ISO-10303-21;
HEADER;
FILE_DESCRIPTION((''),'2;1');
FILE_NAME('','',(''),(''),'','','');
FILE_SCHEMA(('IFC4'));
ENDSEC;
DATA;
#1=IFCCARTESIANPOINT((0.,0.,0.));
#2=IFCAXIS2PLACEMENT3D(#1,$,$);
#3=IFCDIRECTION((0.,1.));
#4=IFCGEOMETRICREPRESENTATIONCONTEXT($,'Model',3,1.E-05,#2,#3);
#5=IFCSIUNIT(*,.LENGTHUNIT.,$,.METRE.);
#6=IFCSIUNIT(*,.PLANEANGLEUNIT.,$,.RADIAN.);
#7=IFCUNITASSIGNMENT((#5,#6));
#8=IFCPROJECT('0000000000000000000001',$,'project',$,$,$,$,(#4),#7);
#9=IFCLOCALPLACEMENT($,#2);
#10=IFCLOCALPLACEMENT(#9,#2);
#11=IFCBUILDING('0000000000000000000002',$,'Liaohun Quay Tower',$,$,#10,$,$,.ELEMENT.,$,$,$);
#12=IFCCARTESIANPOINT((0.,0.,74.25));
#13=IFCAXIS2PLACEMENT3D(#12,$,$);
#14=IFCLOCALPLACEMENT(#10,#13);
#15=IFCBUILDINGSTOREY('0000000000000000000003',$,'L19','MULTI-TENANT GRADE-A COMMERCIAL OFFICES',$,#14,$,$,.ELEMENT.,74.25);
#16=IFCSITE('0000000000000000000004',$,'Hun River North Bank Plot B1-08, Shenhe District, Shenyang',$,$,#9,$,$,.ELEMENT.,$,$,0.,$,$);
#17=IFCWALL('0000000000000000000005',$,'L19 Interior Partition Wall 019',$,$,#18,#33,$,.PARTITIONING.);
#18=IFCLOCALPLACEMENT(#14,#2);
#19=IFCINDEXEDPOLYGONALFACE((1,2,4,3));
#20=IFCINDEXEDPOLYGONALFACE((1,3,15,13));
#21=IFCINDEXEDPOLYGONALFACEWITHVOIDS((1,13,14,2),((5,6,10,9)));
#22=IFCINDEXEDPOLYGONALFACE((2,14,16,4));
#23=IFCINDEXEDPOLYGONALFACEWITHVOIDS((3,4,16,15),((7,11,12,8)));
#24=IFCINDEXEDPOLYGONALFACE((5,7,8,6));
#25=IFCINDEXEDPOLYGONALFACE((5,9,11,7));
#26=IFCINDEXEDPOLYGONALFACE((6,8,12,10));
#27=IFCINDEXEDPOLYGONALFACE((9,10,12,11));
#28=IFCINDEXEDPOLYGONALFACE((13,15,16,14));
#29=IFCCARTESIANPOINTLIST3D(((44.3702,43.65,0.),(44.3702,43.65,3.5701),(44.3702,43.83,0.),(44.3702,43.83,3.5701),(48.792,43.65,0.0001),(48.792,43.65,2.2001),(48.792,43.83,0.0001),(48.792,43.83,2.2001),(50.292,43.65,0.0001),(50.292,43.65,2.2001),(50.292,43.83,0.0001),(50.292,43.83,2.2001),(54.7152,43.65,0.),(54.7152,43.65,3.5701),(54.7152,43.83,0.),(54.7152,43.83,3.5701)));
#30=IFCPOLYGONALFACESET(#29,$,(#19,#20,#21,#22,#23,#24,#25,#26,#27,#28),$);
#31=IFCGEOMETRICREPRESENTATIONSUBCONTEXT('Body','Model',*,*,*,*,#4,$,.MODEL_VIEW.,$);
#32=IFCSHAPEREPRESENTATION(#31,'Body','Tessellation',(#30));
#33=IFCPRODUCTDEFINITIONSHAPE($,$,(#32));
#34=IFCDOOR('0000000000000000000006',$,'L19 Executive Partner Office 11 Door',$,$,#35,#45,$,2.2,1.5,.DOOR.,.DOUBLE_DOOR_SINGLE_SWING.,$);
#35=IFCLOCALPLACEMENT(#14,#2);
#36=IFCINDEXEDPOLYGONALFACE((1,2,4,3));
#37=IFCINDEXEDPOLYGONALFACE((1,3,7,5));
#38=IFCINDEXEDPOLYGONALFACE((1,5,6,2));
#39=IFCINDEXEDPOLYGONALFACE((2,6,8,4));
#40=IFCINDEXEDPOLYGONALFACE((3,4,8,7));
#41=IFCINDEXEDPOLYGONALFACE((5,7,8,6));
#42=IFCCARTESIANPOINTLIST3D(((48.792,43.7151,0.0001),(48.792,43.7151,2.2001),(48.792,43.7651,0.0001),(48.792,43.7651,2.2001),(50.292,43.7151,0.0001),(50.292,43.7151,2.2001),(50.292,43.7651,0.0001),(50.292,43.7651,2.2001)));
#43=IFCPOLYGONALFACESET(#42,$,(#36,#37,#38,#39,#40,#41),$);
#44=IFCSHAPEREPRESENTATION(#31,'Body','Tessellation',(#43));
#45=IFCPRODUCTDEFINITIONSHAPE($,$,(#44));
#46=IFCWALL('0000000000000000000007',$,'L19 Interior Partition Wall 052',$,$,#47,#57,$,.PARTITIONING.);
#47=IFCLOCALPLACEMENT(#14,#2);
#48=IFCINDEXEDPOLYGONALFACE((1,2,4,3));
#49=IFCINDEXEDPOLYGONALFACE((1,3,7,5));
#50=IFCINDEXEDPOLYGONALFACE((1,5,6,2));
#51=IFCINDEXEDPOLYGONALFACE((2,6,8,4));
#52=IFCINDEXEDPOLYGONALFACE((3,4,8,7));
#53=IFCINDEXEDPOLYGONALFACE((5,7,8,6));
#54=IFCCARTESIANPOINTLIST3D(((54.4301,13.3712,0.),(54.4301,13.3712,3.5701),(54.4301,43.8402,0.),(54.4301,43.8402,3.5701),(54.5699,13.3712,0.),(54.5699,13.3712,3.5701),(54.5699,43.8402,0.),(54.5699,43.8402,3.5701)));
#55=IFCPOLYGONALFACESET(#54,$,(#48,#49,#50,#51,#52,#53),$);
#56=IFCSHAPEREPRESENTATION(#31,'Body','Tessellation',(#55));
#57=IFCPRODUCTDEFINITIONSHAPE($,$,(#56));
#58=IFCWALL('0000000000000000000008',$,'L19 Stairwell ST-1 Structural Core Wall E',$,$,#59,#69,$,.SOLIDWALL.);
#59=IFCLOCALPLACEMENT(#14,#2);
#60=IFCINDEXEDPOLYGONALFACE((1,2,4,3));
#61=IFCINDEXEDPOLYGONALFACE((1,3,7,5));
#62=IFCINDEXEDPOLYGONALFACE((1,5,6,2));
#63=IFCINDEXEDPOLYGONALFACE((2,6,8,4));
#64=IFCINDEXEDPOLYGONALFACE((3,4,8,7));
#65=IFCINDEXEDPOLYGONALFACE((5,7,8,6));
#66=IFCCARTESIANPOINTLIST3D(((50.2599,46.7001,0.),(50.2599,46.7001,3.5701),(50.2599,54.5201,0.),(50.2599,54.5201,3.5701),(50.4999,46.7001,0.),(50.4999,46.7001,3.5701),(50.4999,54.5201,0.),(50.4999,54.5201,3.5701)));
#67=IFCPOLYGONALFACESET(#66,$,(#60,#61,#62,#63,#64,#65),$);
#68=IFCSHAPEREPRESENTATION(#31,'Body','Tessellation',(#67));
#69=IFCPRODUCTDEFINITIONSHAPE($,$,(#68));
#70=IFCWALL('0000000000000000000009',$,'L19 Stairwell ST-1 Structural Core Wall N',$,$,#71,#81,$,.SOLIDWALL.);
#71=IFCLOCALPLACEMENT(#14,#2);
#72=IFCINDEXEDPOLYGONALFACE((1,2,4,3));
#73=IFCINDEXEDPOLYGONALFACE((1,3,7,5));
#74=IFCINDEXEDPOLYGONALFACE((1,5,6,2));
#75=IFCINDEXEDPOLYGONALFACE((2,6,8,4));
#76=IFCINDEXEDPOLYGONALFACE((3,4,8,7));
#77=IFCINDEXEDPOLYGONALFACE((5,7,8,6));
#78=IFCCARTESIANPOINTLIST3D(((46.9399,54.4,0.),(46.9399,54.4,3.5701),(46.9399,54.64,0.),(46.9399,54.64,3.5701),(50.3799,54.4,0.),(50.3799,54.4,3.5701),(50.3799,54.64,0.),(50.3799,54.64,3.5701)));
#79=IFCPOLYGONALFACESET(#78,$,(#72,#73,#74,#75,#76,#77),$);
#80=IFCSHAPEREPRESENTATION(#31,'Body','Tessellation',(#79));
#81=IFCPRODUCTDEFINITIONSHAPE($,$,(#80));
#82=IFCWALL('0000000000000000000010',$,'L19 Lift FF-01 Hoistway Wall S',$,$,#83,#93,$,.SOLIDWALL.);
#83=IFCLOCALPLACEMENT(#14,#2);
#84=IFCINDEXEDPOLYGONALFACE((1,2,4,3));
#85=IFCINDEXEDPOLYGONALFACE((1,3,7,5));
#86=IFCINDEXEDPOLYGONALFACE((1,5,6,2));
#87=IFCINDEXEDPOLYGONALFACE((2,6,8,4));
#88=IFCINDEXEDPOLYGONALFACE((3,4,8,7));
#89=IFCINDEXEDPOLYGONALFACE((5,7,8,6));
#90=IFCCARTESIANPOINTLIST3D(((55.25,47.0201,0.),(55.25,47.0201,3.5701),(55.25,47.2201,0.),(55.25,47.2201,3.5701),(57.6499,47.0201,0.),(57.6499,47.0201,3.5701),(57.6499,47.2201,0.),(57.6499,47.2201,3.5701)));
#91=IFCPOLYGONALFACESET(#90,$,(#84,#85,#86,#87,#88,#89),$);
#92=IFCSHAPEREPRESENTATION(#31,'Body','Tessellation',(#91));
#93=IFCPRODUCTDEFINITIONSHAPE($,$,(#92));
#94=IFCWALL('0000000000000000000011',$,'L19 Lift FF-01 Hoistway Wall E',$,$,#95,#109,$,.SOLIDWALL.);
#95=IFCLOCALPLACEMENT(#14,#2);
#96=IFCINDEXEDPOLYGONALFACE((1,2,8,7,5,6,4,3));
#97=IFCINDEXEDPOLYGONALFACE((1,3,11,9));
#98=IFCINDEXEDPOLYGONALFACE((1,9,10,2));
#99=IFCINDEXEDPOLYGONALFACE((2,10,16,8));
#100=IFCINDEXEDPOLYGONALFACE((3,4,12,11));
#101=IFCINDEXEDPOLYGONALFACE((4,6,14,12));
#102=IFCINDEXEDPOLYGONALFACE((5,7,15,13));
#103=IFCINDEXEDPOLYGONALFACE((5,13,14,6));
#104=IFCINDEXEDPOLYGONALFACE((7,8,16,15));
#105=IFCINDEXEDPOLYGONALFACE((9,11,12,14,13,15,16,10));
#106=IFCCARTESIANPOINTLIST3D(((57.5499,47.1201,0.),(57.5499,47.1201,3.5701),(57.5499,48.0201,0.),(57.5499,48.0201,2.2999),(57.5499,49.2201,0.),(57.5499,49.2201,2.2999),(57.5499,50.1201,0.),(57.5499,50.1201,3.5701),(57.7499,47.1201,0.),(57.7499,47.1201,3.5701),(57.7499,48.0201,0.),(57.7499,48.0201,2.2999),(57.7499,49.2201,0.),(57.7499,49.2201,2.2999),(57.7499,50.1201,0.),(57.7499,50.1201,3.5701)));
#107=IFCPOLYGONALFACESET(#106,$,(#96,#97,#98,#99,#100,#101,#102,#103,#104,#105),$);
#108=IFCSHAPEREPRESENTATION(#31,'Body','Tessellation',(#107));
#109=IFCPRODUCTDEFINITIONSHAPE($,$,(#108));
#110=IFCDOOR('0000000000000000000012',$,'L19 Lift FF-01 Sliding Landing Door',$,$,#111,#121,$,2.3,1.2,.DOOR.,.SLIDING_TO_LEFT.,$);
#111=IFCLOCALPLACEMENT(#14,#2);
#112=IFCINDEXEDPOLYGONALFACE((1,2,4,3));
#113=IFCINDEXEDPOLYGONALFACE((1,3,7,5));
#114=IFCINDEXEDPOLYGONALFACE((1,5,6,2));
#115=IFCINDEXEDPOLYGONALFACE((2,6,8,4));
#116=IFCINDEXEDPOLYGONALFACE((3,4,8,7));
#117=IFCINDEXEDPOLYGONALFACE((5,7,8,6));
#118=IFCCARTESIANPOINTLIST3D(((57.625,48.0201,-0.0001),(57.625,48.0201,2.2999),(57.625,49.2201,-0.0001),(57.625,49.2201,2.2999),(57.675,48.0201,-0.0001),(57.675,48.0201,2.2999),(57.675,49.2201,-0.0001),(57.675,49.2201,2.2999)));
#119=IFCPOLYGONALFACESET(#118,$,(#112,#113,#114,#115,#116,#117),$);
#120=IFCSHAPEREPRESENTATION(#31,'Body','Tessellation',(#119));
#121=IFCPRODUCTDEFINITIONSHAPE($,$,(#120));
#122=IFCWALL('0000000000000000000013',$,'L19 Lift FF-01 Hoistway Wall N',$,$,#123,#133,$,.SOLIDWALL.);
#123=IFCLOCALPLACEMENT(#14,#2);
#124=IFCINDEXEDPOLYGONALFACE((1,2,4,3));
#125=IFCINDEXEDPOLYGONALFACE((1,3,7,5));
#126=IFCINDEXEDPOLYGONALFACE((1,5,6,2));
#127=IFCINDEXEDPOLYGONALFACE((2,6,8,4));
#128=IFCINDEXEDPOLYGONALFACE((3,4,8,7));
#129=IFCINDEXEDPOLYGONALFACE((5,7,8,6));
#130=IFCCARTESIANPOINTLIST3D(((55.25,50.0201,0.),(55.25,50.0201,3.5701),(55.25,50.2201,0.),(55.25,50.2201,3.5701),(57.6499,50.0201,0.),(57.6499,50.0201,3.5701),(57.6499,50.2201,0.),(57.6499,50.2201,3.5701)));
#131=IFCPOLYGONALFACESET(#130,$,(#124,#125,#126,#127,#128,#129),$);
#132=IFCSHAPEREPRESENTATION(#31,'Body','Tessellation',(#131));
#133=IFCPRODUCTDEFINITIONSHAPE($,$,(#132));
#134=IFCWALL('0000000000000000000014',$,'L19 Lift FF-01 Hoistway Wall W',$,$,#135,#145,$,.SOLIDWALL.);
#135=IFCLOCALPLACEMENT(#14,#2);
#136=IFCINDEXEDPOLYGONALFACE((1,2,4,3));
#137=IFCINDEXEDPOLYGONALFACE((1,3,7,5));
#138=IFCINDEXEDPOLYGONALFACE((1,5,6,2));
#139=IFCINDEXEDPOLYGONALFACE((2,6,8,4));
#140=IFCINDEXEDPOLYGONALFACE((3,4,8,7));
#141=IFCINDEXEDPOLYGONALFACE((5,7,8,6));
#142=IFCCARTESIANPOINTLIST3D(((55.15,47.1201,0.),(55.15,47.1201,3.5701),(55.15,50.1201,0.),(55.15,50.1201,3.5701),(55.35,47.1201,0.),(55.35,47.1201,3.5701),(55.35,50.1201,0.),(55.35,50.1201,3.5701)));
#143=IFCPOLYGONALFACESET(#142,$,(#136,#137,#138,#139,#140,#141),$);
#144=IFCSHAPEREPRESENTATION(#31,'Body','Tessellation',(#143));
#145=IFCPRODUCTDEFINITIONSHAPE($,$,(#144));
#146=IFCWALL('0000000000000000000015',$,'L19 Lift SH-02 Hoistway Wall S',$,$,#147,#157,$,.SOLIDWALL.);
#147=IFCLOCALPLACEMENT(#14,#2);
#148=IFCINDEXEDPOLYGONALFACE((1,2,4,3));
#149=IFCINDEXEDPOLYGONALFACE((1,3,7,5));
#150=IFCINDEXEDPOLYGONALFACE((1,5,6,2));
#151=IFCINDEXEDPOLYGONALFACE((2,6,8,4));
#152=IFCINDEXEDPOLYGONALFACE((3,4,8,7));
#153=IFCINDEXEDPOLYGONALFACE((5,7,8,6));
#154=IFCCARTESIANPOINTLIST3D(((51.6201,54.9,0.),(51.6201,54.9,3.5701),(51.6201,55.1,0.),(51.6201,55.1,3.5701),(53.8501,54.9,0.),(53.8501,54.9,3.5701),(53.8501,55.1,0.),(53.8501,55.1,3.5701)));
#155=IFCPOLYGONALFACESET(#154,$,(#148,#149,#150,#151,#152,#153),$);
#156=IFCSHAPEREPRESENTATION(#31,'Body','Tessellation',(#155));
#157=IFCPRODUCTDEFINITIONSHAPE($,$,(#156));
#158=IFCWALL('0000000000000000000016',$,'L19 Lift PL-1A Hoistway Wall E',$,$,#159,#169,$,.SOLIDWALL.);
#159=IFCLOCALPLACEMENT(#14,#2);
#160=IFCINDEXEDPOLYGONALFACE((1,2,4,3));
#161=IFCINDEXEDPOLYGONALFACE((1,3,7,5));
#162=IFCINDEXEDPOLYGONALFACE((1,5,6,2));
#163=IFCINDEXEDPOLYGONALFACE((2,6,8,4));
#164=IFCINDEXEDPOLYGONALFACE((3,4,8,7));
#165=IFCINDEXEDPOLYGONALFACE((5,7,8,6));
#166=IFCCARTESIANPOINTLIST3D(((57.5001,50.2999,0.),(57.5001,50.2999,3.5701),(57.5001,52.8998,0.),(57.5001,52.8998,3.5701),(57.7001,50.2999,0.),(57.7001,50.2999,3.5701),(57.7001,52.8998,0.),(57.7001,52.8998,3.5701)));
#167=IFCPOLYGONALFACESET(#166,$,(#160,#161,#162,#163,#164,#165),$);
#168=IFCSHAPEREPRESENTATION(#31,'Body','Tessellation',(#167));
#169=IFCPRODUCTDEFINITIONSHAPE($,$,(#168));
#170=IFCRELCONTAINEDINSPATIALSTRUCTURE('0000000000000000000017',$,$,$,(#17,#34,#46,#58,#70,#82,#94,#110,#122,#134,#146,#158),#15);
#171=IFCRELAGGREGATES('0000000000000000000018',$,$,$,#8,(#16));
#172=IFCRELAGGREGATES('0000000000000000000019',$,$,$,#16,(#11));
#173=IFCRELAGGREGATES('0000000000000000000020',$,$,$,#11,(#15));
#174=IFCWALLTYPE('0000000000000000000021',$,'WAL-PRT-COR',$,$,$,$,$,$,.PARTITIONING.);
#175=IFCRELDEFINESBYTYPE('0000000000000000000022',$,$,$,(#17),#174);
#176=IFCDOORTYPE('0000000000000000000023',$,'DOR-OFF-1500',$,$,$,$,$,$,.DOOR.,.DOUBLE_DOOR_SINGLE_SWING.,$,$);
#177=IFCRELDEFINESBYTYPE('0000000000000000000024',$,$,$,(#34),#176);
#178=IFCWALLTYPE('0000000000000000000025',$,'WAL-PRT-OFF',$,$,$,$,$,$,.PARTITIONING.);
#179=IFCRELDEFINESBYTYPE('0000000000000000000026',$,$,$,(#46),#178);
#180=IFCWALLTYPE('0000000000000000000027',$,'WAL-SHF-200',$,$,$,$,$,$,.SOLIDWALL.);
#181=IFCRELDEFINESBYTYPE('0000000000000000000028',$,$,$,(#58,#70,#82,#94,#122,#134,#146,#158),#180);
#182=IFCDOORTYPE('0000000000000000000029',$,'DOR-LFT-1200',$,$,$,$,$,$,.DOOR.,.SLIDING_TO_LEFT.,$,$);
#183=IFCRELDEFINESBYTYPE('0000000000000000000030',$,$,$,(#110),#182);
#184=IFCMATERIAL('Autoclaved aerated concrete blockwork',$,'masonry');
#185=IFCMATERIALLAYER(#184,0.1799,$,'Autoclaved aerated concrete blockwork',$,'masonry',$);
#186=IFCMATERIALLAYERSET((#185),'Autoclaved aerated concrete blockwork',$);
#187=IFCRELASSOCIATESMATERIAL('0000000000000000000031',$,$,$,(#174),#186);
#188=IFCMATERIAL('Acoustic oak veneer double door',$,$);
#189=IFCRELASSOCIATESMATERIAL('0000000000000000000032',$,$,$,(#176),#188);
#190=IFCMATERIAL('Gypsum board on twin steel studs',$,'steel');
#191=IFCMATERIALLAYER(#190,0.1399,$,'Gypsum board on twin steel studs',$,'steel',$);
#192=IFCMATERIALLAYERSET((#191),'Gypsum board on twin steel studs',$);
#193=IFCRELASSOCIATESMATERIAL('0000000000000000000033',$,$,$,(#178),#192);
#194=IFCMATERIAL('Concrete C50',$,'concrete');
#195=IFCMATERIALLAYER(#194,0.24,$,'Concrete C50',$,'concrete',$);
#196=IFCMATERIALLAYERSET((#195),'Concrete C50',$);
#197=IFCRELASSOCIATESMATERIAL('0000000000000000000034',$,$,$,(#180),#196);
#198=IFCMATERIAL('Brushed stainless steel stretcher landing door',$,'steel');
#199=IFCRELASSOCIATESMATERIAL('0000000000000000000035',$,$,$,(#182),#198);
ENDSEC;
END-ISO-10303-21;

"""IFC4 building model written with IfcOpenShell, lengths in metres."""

from ifc_helpers import new_model, si_unit, direction, frame, frame_2d, origin, place, context, subcontext, project, spatial, rectangle, extrude, source, transform, mapped, material, layer, layer_set, type_object, element, fill, save


model = new_model("IFC4")

# Units and contexts
model_context = context("Model", 3, precision=1e-05, world=origin(), true_north=direction((0.0, 1.0)))
body_context = subcontext(model_context, "Body", "Model", "MODEL_VIEW")
ifc_project = project(units=[si_unit("LENGTHUNIT", "METRE"), si_unit("PLANEANGLEUNIT", "RADIAN")], contexts=[model_context])

# Site, building, storey
site_placement = place(None, origin())
site = spatial("IfcSite", under=ifc_project, at=site_placement, Name="Hun River North Bank Plot B1-08, Shenhe District, Shenyang", CompositionType="ELEMENT", RefElevation=0.0)
building_placement = place(site_placement, origin())
building = spatial("IfcBuilding", under=site, at=building_placement, Name="Liaohun Quay Tower", CompositionType="ELEMENT")
storey_placement = place(building_placement, frame((0.0, 0.0, 74.25)))
storey = spatial("IfcBuildingStorey", under=building, at=storey_placement, Name="L19", Description="MULTI-TENANT GRADE-A COMMERCIAL OFFICES", CompositionType="ELEMENT", Elevation=74.25)

# Shared definitions
ifc_material_1 = material(Name="Concrete C50", Category="concrete")

# Wall, opening, door
ifc_material_2 = material(Name="Autoclaved aerated concrete blockwork", Category="masonry")
ifc_layer_1 = layer(ifc_material_2, 0.1799, Name="Autoclaved aerated concrete blockwork", Category="masonry")
ifc_layer_set_1 = layer_set([ifc_layer_1], Name="Autoclaved aerated concrete blockwork")
wall_type_1 = type_object("IfcWallType", Name="WAL-PRT-COR", PredefinedType="PARTITIONING", material=ifc_layer_set_1)
wall_1_placement = place(storey_placement, frame((54.7151, 43.74, 0.0), z_axis=(0.0, 0.0, 1.0), x_axis=(-1.0, 0.0, 0.0)))
wall_1 = element("IfcWall", 1, at=wall_1_placement, inside=storey, type_object=wall_type_1, Name="L19 Interior Partition Wall 019", PredefinedType="PARTITIONING", context=body_context, shape_type="SweptSolid", body=[
    extrude(rectangle(XDim=10.345, YDim=0.1799, at=frame_2d((5.1724, 0.0))), origin(), (0.0, 0.0, 1.0), 3.5701),
])
shared_shape_1 = source(origin(), body_context, "Body", "SweptSolid", [
    extrude(rectangle(XDim=1.5, YDim=2.2, at=frame_2d((0.75, 1.1001))), frame((0.0, 0.0999, 0.0), z_axis=(0.0, -1.0, 0.0), x_axis=(1.0, 0.0, 0.0)), (0.0, 0.0, 1.0), 0.2),
])
opening_1_placement = place(wall_1_placement, frame((4.4231, 0.0, 0.0)))
opening_1 = element("IfcOpeningElement", 2, at=opening_1_placement, cuts=wall_1, PredefinedType="OPENING", context=body_context, shape_type="MappedRepresentation", body=[
    mapped(shared_shape_1, transform((0.0, 0.0, 0.0), x_axis=(1.0, 0.0, 0.0), y_axis=(0.0, 1.0, 0.0), z_axis=(0.0, 0.0, 1.0), scale=1.0)),
])
ifc_material_3 = material(Name="Acoustic oak veneer double door")
door_type_1 = type_object("IfcDoorType", Name="DOR-OFF-1500", OperationType="DOUBLE_DOOR_SINGLE_SWING", PredefinedType="DOOR", material=ifc_material_3)
shared_shape_2 = source(origin(), body_context, "Body", "SweptSolid", [
    extrude(rectangle(XDim=1.5, YDim=2.2, at=frame_2d((0.75, 1.1001))), frame((0.0, 0.0249, 0.0), z_axis=(0.0, -1.0, 0.0), x_axis=(1.0, 0.0, 0.0)), (0.0, 0.0, 1.0), 0.05),
])
door_1_placement = place(opening_1_placement, origin())
door_1 = element("IfcDoor", 3, at=door_1_placement, inside=storey, type_object=door_type_1, Name="L19 Executive Partner Office 11 Door", OperationType="DOUBLE_DOOR_SINGLE_SWING", OverallHeight=2.2, OverallWidth=1.5, PredefinedType="DOOR", context=body_context, shape_type="MappedRepresentation", body=[
    mapped(shared_shape_2, transform((0.0, 0.0, 0.0), x_axis=(1.0, 0.0, 0.0), y_axis=(0.0, 1.0, 0.0), z_axis=(0.0, 0.0, 1.0), scale=1.0)),
])
fill(opening_1, door_1)

# Walls
ifc_material_4 = material(Name="Gypsum board on twin steel studs", Category="steel")
ifc_layer_2 = layer(ifc_material_4, 0.1399, Name="Gypsum board on twin steel studs", Category="steel")
ifc_layer_set_2 = layer_set([ifc_layer_2], Name="Gypsum board on twin steel studs")
wall_type_2 = type_object("IfcWallType", Name="WAL-PRT-OFF", PredefinedType="PARTITIONING", material=ifc_layer_set_2)
wall_2_placement = place(storey_placement, frame((54.5, 43.8401, 0.0), z_axis=(0.0, 0.0, 1.0), x_axis=(0.0, -1.0, 0.0)))
element("IfcWall", 4, at=wall_2_placement, inside=storey, type_object=wall_type_2, Name="L19 Interior Partition Wall 052", PredefinedType="PARTITIONING", context=body_context, shape_type="SweptSolid", body=[
    extrude(rectangle(XDim=30.469, YDim=0.1399, at=frame_2d((15.2344, 0.0))), origin(), (0.0, 0.0, 1.0), 3.5701),
])
ifc_layer_3 = layer(ifc_material_1, 0.24, Name="Concrete C50", Category="concrete")
ifc_layer_set_3 = layer_set([ifc_layer_3], Name="Concrete C50")
wall_type_3 = type_object("IfcWallType", Name="WAL-SHF-200", PredefinedType="SOLIDWALL", material=ifc_layer_set_3)
wall_3_placement = place(storey_placement, frame((50.3799, 46.7, 0.0), z_axis=(0.0, 0.0, 1.0), x_axis=(0.0, 1.0, 0.0)))
element("IfcWall", 5, at=wall_3_placement, inside=storey, type_object=wall_type_3, Name="L19 Stairwell ST-1 Structural Core Wall E", PredefinedType="SOLIDWALL", context=body_context, shape_type="SweptSolid", body=[
    extrude(rectangle(XDim=7.8201, YDim=0.24, at=frame_2d((3.9102, 0.0))), origin(), (0.0, 0.0, 1.0), 3.5701),
])
wall_4_placement = place(storey_placement, frame((50.3799, 54.52, 0.0), z_axis=(0.0, 0.0, 1.0), x_axis=(-1.0, 0.0, 0.0)))
element("IfcWall", 6, at=wall_4_placement, inside=storey, type_object=wall_type_3, Name="L19 Stairwell ST-1 Structural Core Wall N", PredefinedType="SOLIDWALL", context=body_context, shape_type="SweptSolid", body=[
    extrude(rectangle(XDim=3.4399, YDim=0.24, at=frame_2d((1.72, 0.0))), origin(), (0.0, 0.0, 1.0), 3.5701),
])
wall_5_placement = place(storey_placement, frame((55.25, 47.1201, 0.0), z_axis=(0.0, 0.0, 1.0), x_axis=(1.0, 0.0, 0.0)))
element("IfcWall", 7, at=wall_5_placement, inside=storey, type_object=wall_type_3, Name="L19 Lift FF-01 Hoistway Wall S", PredefinedType="SOLIDWALL", context=body_context, shape_type="SweptSolid", body=[
    extrude(rectangle(XDim=2.3999, YDim=0.2, at=frame_2d((1.2, 0.0))), origin(), (0.0, 0.0, 1.0), 3.5701),
])

# Wall, opening, door
wall_6_placement = place(storey_placement, frame((57.6499, 47.1201, 0.0), z_axis=(0.0, 0.0, 1.0), x_axis=(0.0, 1.0, 0.0)))
wall_6 = element("IfcWall", 8, at=wall_6_placement, inside=storey, type_object=wall_type_3, Name="L19 Lift FF-01 Hoistway Wall E", PredefinedType="SOLIDWALL", context=body_context, shape_type="SweptSolid", body=[
    extrude(rectangle(XDim=3.0, YDim=0.2, at=frame_2d((1.5, 0.0))), origin(), (0.0, 0.0, 1.0), 3.5701),
])
shared_shape_3 = source(origin(), body_context, "Body", "SweptSolid", [
    extrude(rectangle(XDim=1.2, YDim=2.3, at=frame_2d((0.6001, 1.1499))), frame((0.0, 0.1099, 0.0), z_axis=(0.0, -1.0, 0.0), x_axis=(1.0, 0.0, 0.0)), (0.0, 0.0, 1.0), 0.22),
])
opening_2_placement = place(wall_6_placement, frame((0.8999, 0.0, 0.0)))
opening_2 = element("IfcOpeningElement", 9, at=opening_2_placement, cuts=wall_6, PredefinedType="OPENING", context=body_context, shape_type="MappedRepresentation", body=[
    mapped(shared_shape_3, transform((0.0, 0.0, 0.0), x_axis=(1.0, 0.0, 0.0), y_axis=(0.0, 1.0, 0.0), z_axis=(0.0, 0.0, 1.0), scale=1.0)),
])
ifc_material_5 = material(Name="Brushed stainless steel stretcher landing door", Category="steel")
door_type_2 = type_object("IfcDoorType", Name="DOR-LFT-1200", OperationType="SLIDING_TO_LEFT", PredefinedType="DOOR", material=ifc_material_5)
shared_shape_4 = source(origin(), body_context, "Body", "SweptSolid", [
    extrude(rectangle(XDim=1.2, YDim=2.3, at=frame_2d((0.6001, 1.1499))), frame((0.0, 0.0249, 0.0), z_axis=(0.0, -1.0, 0.0), x_axis=(1.0, 0.0, 0.0)), (0.0, 0.0, 1.0), 0.05),
])
door_2_placement = place(opening_2_placement, origin())
door_2 = element("IfcDoor", 10, at=door_2_placement, inside=storey, type_object=door_type_2, Name="L19 Lift FF-01 Sliding Landing Door", OperationType="SLIDING_TO_LEFT", OverallHeight=2.3, OverallWidth=1.2, PredefinedType="DOOR", context=body_context, shape_type="MappedRepresentation", body=[
    mapped(shared_shape_4, transform((0.0, 0.0, 0.0), x_axis=(1.0, 0.0, 0.0), y_axis=(0.0, 1.0, 0.0), z_axis=(0.0, 0.0, 1.0), scale=1.0)),
])
fill(opening_2, door_2)

# Walls
wall_7_placement = place(storey_placement, frame((57.6499, 50.1201, 0.0), z_axis=(0.0, 0.0, 1.0), x_axis=(-1.0, 0.0, 0.0)))
element("IfcWall", 11, at=wall_7_placement, inside=storey, type_object=wall_type_3, Name="L19 Lift FF-01 Hoistway Wall N", PredefinedType="SOLIDWALL", context=body_context, shape_type="SweptSolid", body=[
    extrude(rectangle(XDim=2.3999, YDim=0.2, at=frame_2d((1.2, 0.0))), origin(), (0.0, 0.0, 1.0), 3.5701),
])
wall_8_placement = place(storey_placement, frame((55.25, 50.1201, 0.0), z_axis=(0.0, 0.0, 1.0), x_axis=(0.0, -1.0, 0.0)))
element("IfcWall", 12, at=wall_8_placement, inside=storey, type_object=wall_type_3, Name="L19 Lift FF-01 Hoistway Wall W", PredefinedType="SOLIDWALL", context=body_context, shape_type="SweptSolid", body=[
    extrude(rectangle(XDim=3.0, YDim=0.2, at=frame_2d((1.5, 0.0))), origin(), (0.0, 0.0, 1.0), 3.5701),
])
wall_9_placement = place(storey_placement, frame((51.6201, 55.0, 0.0), z_axis=(0.0, 0.0, 1.0), x_axis=(1.0, 0.0, 0.0)))
element("IfcWall", 13, at=wall_9_placement, inside=storey, type_object=wall_type_3, Name="L19 Lift SH-02 Hoistway Wall S", PredefinedType="SOLIDWALL", context=body_context, shape_type="SweptSolid", body=[
    extrude(rectangle(XDim=2.23, YDim=0.2, at=frame_2d((1.115, 0.0))), origin(), (0.0, 0.0, 1.0), 3.5701),
])
wall_10_placement = place(storey_placement, frame((57.6001, 50.3, 0.0), z_axis=(0.0, 0.0, 1.0), x_axis=(0.0, 1.0, 0.0)))
element("IfcWall", 14, at=wall_10_placement, inside=storey, type_object=wall_type_3, Name="L19 Lift PL-1A Hoistway Wall E", PredefinedType="SOLIDWALL", context=body_context, shape_type="SweptSolid", body=[
    extrude(rectangle(XDim=2.5999, YDim=0.2, at=frame_2d((1.2998, 0.0))), origin(), (0.0, 0.0, 1.0), 3.5701),
])

save(model, "model.ifc")
